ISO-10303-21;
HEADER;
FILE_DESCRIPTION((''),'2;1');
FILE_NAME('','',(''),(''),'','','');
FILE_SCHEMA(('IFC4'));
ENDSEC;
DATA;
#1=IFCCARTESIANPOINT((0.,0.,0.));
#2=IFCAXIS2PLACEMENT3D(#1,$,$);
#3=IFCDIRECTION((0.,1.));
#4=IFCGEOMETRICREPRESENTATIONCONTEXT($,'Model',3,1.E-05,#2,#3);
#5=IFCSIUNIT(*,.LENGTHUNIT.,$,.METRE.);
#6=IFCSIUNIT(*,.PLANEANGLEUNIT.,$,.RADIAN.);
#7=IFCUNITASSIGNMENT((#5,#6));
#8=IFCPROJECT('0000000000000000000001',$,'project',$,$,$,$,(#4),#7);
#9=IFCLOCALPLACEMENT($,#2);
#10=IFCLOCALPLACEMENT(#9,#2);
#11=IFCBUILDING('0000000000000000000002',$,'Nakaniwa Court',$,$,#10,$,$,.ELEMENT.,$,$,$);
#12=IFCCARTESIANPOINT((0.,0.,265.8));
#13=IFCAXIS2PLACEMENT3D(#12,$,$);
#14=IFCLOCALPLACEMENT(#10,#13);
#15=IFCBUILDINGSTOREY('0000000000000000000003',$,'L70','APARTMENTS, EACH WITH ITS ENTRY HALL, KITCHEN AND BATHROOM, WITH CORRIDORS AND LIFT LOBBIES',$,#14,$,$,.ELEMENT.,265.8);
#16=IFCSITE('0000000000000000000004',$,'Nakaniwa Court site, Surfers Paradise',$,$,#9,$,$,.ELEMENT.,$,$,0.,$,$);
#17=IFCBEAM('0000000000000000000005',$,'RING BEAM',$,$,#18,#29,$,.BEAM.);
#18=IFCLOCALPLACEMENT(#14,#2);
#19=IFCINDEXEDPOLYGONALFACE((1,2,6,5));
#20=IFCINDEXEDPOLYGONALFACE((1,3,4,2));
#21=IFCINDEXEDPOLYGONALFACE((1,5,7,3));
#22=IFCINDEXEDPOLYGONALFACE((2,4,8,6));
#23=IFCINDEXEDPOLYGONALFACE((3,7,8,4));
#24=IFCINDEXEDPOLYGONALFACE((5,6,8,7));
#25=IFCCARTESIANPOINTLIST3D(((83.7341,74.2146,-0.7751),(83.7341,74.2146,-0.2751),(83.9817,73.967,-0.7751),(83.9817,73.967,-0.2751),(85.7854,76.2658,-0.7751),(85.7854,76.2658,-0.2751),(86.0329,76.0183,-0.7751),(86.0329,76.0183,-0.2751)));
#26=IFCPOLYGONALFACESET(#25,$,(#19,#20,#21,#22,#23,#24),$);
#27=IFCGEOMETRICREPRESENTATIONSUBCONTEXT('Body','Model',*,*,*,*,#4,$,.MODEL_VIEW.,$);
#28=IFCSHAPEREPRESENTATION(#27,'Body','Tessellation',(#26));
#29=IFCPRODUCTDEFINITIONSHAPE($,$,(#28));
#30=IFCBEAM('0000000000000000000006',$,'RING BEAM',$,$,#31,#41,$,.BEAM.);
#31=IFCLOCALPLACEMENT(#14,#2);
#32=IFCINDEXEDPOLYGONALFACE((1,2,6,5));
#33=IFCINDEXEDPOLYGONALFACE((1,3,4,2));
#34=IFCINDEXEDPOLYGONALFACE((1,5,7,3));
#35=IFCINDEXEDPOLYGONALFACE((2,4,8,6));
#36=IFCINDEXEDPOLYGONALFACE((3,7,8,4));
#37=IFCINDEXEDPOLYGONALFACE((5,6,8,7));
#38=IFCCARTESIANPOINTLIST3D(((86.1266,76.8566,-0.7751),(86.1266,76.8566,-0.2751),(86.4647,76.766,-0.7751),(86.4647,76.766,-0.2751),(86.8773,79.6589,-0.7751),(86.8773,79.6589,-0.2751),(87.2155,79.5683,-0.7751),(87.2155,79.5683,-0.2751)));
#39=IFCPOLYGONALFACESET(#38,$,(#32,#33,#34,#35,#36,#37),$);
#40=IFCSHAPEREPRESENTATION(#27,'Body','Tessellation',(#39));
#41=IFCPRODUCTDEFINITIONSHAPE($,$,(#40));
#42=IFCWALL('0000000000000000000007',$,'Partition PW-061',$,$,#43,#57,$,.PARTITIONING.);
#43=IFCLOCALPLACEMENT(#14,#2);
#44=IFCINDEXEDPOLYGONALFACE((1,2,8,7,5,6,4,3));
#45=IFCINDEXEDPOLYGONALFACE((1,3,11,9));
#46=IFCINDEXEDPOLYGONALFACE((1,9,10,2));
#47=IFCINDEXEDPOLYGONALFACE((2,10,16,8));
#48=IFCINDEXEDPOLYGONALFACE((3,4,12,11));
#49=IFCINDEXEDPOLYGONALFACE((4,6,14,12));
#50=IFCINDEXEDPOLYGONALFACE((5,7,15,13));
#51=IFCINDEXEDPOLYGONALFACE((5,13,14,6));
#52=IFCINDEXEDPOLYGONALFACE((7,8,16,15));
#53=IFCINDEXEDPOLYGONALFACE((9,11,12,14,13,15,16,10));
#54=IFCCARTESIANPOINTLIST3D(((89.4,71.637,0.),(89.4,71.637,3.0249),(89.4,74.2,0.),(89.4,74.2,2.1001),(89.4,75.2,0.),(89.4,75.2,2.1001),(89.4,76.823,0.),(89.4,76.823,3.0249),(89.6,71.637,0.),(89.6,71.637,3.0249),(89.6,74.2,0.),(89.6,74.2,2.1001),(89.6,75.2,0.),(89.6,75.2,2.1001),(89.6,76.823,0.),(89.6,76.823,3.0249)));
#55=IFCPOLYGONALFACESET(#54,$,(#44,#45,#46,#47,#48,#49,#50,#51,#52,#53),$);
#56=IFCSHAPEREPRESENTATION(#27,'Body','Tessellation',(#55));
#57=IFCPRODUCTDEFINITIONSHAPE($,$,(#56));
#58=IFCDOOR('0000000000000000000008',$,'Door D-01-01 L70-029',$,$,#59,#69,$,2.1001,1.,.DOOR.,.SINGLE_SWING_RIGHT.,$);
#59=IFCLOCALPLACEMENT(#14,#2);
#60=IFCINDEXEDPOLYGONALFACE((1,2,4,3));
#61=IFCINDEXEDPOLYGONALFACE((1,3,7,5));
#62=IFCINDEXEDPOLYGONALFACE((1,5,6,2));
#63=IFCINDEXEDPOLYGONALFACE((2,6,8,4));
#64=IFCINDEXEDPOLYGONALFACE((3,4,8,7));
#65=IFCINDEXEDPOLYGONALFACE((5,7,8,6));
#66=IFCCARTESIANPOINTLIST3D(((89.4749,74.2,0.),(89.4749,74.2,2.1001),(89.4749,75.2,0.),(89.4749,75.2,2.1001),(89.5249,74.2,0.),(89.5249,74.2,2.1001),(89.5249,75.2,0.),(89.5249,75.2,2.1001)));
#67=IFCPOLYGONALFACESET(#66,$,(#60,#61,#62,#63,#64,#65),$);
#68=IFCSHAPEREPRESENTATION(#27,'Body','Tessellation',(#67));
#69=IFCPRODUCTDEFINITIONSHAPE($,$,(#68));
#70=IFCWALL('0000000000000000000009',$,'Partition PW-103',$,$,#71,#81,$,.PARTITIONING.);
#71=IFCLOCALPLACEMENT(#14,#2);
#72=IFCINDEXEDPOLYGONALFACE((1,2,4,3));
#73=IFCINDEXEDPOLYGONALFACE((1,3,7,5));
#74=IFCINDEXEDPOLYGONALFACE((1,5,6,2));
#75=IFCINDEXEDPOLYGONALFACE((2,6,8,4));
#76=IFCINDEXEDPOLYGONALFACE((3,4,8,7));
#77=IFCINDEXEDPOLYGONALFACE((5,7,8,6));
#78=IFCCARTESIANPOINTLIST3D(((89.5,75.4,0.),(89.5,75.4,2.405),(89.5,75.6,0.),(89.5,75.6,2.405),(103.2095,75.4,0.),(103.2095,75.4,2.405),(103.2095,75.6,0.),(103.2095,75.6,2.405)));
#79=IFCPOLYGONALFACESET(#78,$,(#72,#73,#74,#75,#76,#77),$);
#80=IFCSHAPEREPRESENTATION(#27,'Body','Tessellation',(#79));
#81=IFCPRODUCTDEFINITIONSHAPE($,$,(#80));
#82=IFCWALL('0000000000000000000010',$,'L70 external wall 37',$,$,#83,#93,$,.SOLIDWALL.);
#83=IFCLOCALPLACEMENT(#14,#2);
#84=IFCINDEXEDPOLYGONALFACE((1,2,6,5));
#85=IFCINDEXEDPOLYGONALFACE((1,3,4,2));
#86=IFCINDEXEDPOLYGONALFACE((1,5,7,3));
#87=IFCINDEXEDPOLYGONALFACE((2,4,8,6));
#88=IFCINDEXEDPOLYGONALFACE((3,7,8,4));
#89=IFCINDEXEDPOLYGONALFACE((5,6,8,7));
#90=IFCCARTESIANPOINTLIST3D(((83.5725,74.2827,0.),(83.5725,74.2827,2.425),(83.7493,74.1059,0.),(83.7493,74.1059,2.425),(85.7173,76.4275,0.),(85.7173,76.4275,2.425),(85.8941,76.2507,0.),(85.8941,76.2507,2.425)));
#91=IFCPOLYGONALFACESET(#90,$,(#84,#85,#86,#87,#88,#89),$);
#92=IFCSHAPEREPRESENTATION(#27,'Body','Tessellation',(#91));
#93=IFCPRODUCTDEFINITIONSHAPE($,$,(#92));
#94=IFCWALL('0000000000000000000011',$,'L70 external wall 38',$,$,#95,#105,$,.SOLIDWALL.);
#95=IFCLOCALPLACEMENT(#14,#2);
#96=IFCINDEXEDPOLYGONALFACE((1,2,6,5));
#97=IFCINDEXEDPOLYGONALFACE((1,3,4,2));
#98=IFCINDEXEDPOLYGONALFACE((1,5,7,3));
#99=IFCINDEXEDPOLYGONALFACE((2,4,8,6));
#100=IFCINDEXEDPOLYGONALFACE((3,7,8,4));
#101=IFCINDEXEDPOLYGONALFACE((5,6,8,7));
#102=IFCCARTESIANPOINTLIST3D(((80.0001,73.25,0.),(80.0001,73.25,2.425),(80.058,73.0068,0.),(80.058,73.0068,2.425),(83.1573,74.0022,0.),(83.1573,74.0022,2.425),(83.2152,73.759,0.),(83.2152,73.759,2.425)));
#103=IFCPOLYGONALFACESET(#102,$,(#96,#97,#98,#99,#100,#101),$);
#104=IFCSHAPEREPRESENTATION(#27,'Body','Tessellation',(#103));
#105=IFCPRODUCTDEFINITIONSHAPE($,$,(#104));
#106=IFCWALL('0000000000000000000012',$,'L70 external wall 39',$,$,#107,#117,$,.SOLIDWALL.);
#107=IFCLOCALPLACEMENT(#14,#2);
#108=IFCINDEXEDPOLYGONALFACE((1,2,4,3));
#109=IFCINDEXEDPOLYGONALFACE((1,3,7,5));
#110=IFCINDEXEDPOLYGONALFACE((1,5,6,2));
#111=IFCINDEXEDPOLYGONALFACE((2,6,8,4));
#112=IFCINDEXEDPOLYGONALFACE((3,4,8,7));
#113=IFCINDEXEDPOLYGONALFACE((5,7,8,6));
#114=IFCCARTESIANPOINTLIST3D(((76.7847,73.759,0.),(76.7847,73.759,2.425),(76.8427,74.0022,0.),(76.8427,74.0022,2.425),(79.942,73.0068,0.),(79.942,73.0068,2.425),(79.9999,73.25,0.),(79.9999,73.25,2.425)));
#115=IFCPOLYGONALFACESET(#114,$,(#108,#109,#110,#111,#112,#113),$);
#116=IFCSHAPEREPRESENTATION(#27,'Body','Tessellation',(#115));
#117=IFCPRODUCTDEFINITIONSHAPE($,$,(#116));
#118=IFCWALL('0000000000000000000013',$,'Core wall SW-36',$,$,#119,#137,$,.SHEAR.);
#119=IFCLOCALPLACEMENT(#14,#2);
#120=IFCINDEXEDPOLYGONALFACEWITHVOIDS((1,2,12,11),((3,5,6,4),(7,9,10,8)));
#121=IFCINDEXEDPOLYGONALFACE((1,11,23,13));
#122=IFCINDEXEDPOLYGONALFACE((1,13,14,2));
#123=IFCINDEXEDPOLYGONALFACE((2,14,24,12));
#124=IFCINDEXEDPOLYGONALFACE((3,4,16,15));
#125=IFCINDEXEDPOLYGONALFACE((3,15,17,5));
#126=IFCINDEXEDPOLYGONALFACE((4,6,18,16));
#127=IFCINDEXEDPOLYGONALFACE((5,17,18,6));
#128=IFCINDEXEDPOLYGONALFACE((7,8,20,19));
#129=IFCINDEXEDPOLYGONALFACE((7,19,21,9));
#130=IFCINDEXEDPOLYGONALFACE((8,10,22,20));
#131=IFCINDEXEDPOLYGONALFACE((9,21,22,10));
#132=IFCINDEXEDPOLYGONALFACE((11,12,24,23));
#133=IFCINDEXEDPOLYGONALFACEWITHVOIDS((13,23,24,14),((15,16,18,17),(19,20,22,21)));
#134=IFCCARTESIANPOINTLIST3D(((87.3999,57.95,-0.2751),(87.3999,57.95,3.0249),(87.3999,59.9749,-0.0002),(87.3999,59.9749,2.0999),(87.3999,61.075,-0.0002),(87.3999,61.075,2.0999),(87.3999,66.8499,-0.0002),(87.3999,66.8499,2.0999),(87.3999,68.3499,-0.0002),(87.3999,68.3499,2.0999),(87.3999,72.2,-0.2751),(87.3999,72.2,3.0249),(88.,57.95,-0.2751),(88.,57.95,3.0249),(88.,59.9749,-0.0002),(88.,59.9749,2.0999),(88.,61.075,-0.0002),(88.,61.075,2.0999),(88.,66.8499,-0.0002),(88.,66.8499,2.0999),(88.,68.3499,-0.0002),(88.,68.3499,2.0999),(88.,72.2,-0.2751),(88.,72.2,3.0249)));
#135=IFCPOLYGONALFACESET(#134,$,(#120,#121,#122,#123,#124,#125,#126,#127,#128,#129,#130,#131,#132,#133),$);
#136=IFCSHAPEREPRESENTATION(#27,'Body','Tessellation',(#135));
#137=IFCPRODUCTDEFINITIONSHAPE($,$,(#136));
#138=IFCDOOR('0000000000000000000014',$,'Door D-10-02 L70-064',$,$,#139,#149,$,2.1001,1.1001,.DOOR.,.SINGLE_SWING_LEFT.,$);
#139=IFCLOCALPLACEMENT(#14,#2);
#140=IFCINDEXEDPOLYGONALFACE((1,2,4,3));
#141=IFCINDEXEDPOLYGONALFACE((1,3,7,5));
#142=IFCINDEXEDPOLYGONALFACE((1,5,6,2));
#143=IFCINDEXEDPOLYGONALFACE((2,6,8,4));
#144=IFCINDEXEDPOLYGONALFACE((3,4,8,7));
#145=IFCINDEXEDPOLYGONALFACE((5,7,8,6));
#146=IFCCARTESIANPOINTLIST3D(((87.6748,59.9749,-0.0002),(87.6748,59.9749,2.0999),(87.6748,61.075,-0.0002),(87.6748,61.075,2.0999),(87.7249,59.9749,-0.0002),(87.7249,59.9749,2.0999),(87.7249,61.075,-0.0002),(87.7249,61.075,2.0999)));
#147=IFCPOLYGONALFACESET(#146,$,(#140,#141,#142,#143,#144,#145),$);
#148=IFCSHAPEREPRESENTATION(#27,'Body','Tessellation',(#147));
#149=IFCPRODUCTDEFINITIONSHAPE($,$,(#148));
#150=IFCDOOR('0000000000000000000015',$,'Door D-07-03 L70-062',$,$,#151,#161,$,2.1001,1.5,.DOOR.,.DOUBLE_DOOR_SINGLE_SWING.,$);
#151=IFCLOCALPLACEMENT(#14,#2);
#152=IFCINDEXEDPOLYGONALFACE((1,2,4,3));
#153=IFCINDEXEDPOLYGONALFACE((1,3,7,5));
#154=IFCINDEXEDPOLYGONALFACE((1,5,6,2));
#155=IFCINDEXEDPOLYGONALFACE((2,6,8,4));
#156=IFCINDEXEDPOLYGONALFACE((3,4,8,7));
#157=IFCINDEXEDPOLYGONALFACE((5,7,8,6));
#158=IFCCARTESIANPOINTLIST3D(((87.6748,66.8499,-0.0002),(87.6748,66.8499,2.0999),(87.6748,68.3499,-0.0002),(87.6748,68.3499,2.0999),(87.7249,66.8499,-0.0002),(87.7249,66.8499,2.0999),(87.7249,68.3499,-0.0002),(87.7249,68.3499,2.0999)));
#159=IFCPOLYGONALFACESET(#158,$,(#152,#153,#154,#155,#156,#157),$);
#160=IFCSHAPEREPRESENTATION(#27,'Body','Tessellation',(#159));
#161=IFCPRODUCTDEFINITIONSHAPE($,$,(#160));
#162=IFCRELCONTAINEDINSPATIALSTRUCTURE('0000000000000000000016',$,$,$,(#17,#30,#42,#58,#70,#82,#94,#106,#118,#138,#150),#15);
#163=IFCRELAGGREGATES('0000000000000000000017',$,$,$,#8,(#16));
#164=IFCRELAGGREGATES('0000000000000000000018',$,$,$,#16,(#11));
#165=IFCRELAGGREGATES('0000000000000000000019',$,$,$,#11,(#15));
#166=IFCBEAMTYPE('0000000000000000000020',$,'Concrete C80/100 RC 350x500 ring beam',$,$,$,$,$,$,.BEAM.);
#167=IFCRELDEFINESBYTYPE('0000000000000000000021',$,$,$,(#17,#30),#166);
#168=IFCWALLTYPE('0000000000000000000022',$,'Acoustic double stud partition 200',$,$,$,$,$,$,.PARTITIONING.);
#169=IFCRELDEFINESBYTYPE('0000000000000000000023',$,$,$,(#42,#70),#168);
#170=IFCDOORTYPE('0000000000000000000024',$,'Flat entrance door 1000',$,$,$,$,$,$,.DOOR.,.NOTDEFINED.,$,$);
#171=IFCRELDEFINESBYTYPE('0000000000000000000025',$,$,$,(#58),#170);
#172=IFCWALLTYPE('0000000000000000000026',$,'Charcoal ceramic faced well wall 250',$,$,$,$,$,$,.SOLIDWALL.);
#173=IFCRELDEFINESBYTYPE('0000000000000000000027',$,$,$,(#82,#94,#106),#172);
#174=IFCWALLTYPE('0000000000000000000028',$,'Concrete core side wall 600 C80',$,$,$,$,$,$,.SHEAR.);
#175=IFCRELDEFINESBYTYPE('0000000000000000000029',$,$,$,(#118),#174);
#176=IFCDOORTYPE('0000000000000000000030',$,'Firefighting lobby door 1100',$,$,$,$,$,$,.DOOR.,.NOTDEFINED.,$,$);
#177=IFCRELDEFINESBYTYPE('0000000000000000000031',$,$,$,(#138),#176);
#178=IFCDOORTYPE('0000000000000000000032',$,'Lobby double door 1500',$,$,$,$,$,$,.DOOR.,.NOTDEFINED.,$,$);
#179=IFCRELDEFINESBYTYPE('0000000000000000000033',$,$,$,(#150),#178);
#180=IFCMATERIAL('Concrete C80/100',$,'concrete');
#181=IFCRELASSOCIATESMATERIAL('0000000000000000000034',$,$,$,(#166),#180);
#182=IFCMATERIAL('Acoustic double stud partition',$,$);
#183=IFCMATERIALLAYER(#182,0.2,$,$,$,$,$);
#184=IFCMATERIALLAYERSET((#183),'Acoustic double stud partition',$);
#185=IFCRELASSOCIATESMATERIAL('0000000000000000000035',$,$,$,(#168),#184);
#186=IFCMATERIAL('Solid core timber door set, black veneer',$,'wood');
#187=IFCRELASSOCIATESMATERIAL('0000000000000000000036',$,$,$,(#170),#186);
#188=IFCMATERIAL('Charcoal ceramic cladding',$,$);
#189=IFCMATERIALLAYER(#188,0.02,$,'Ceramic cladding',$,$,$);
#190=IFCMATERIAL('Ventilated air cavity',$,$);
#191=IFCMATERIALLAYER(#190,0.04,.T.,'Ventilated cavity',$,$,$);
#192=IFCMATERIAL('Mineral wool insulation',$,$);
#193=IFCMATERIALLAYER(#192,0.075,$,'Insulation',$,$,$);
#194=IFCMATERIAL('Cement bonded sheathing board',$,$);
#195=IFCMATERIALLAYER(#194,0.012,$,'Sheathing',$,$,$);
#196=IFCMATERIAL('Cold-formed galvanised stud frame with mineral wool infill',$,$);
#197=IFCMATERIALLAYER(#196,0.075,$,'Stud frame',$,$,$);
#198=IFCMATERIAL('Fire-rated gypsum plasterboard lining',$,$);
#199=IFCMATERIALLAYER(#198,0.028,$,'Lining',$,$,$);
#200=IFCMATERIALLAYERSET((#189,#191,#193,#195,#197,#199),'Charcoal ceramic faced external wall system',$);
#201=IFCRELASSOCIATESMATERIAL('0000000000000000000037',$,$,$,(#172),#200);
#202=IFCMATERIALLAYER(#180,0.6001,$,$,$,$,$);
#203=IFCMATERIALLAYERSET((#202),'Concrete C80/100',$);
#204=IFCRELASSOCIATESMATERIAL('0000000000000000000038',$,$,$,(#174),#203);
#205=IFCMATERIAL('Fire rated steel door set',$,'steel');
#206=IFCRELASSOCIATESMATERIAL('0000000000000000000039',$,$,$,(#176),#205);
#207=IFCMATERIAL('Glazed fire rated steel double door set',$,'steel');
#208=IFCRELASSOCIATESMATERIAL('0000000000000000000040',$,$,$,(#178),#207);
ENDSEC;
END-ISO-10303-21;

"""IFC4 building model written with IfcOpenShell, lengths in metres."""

from ifc_helpers import new_model, si_unit, direction, frame, frame_2d, origin, origin_2d, place, context, subcontext, project, spatial, rectangle, extrude, material, layer, layer_set, material_profile, profile_set, type_object, element, fill, save


model = new_model("IFC4")

# Units and contexts
model_context = context("Model", 3, precision=1e-05, world=origin(), true_north=direction((0.0, 1.0)))
body_context = subcontext(model_context, "Body", "Model", "MODEL_VIEW")
ifc_project = project(units=[si_unit("LENGTHUNIT", "METRE"), si_unit("PLANEANGLEUNIT", "RADIAN")], contexts=[model_context])

# Site, building, storey
site_placement = place(None, origin())
site = spatial("IfcSite", under=ifc_project, at=site_placement, Name="Nakaniwa Court site, Surfers Paradise", CompositionType="ELEMENT", RefElevation=0.0)
building_placement = place(site_placement, origin())
building = spatial("IfcBuilding", under=site, at=building_placement, Name="Nakaniwa Court", CompositionType="ELEMENT")
storey_placement = place(building_placement, frame((0.0, 0.0, 265.8)))
storey = spatial("IfcBuildingStorey", under=building, at=storey_placement, Name="L70", Description="APARTMENTS, EACH WITH ITS ENTRY HALL, KITCHEN AND BATHROOM, WITH CORRIDORS AND LIFT LOBBIES", CompositionType="ELEMENT", Elevation=265.8)

# Shared definitions
ifc_material_1 = material(Name="Concrete C80/100", Category="concrete")

# Beams
ifc_material_profile_1 = material_profile(ifc_material_1, rectangle(XDim=0.3501, YDim=0.5, at=origin_2d()), Name="Concrete C80/100 RC 350x500 ring beam")
ifc_profile_set_1 = profile_set([ifc_material_profile_1], Name="Concrete C80/100")
beam_type = type_object("IfcBeamType", Name="Concrete C80/100 RC 350x500 ring beam", PredefinedType="BEAM", material=ifc_profile_set_1)
beam_1_placement = place(storey_placement, frame((83.8579, 74.0908, -0.5251), z_axis=(0.707107, 0.707107, 0.0), x_axis=(-0.707107, 0.707107, 0.0)))
element("IfcBeam", 1, at=beam_1_placement, inside=storey, type_object=beam_type, Name="RING BEAM", PredefinedType="BEAM", context=body_context, shape_type="SweptSolid", body=[
    extrude(rectangle(XDim=0.3501, YDim=0.5, at=origin_2d()), origin(), (0.0, 0.0, 1.0), 2.9009),
])
beam_2_placement = place(storey_placement, frame((86.2957, 76.8113, -0.5251), z_axis=(0.258778, 0.965937, 0.0), x_axis=(-0.965937, 0.258778, 0.0)))
element("IfcBeam", 2, at=beam_2_placement, inside=storey, type_object=beam_type, Name="RING BEAM", PredefinedType="BEAM", context=body_context, shape_type="SweptSolid", body=[
    extrude(rectangle(XDim=0.3501, YDim=0.5, at=origin_2d()), origin(), (0.0, 0.0, 1.0), 2.9011),
])

# Wall, opening, door
ifc_material_2 = material(Name="Acoustic double stud partition")
ifc_layer_1 = layer(ifc_material_2, 0.2)
ifc_layer_set_1 = layer_set([ifc_layer_1], Name="Acoustic double stud partition")
wall_type_1 = type_object("IfcWallType", Name="Acoustic double stud partition 200", PredefinedType="PARTITIONING", material=ifc_layer_set_1)
wall_1_placement = place(storey_placement, frame((89.5, 76.823, 0.0), z_axis=(0.0, 0.0, 1.0), x_axis=(0.0, -1.0, 0.0)))
wall_1 = element("IfcWall", 3, at=wall_1_placement, inside=storey, type_object=wall_type_1, Name="Partition PW-061", PredefinedType="PARTITIONING", context=body_context, shape_type="SweptSolid", body=[
    extrude(rectangle(XDim=5.186, YDim=0.2, at=frame_2d((2.593, 0.0))), origin(), (0.0, 0.0, 1.0), 3.0249),
])
opening_1_placement = place(wall_1_placement, frame((1.623, 0.0, 0.0)))
opening_1 = element("IfcOpeningElement", 4, at=opening_1_placement, cuts=wall_1, PredefinedType="OPENING", context=body_context, shape_type="SweptSolid", body=[
    extrude(rectangle(XDim=1.0, YDim=2.1001, at=frame_2d((0.5, 1.05))), frame((0.0, 0.1099, 0.0), z_axis=(0.0, -1.0, 0.0), x_axis=(1.0, 0.0, 0.0)), (0.0, 0.0, 1.0), 0.22),
])
ifc_material_3 = material(Name="Solid core timber door set, black veneer", Category="wood")
door_type_1 = type_object("IfcDoorType", Name="Flat entrance door 1000", OperationType="NOTDEFINED", PredefinedType="DOOR", material=ifc_material_3)
door_1_placement = place(opening_1_placement, origin())
door_1 = element("IfcDoor", 5, at=door_1_placement, inside=storey, type_object=door_type_1, Name="Door D-01-01 L70-029", OperationType="SINGLE_SWING_RIGHT", OverallHeight=2.1001, OverallWidth=1.0, PredefinedType="DOOR", context=body_context, shape_type="SweptSolid", body=[
    extrude(rectangle(XDim=1.0, YDim=2.1001, at=frame_2d((0.5, 1.05))), frame((0.0, 0.0249, 0.0), z_axis=(0.0, -1.0, 0.0), x_axis=(1.0, 0.0, 0.0)), (0.0, 0.0, 1.0), 0.05),
])
fill(opening_1, door_1)

# Walls
wall_2_placement = place(storey_placement, frame((89.5, 75.5, 0.0), z_axis=(0.0, 0.0, 1.0), x_axis=(1.0, 0.0, 0.0)))
element("IfcWall", 6, at=wall_2_placement, inside=storey, type_object=wall_type_1, Name="Partition PW-103", PredefinedType="PARTITIONING", context=body_context, shape_type="SweptSolid", body=[
    extrude(rectangle(XDim=13.7095, YDim=0.2, at=frame_2d((6.8547, 0.0))), origin(), (0.0, 0.0, 1.0), 2.405),
])
ifc_material_4 = material(Name="Charcoal ceramic cladding")
ifc_layer_2 = layer(ifc_material_4, 0.02, Name="Ceramic cladding")
ifc_material_5 = material(Name="Ventilated air cavity")
ifc_layer_3 = layer(ifc_material_5, 0.04, ventilated=True, Name="Ventilated cavity")
ifc_material_6 = material(Name="Mineral wool insulation")
ifc_layer_4 = layer(ifc_material_6, 0.075, Name="Insulation")
ifc_material_7 = material(Name="Cement bonded sheathing board")
ifc_layer_5 = layer(ifc_material_7, 0.012, Name="Sheathing")
ifc_material_8 = material(Name="Cold-formed galvanised stud frame with mineral wool infill")
ifc_layer_6 = layer(ifc_material_8, 0.075, Name="Stud frame")
ifc_material_9 = material(Name="Fire-rated gypsum plasterboard lining")
ifc_layer_7 = layer(ifc_material_9, 0.028, Name="Lining")
ifc_layer_set_2 = layer_set([ifc_layer_2, ifc_layer_3, ifc_layer_4, ifc_layer_5, ifc_layer_6, ifc_layer_7], Name="Charcoal ceramic faced external wall system")
wall_type_2 = type_object("IfcWallType", Name="Charcoal ceramic faced well wall 250", PredefinedType="SOLIDWALL", material=ifc_layer_set_2)
wall_3_placement = place(storey_placement, frame((85.8057, 76.3391, 0.0), z_axis=(0.0, 0.0, 1.0), x_axis=(-0.707107, -0.707107, 0.0)))
element("IfcWall", 7, at=wall_3_placement, inside=storey, type_object=wall_type_2, Name="L70 external wall 37", PredefinedType="SOLIDWALL", context=body_context, shape_type="SweptSolid", body=[
    extrude(rectangle(XDim=3.0332, YDim=0.25, at=frame_2d((1.5166, 0.0))), origin(), (0.0, 0.0, 1.0), 2.425),
])
for number, where, z_axis, x_axis, name in (
    (8, (83.1863, 73.8806, 0.0), (0.0, 0.0, 1.0), (-0.972773, -0.23176, 0.0), "L70 external wall 38"),
    (9, (79.9709, 73.1284, 0.0), (0.0, 0.0, 1.0), (-0.972773, 0.23176, 0.0), "L70 external wall 39"),
):
    element("IfcWall", number, at=place(storey_placement, frame(where, z_axis=z_axis, x_axis=x_axis)), inside=storey, type_object=wall_type_2, Name=name, PredefinedType="SOLIDWALL", context=body_context, shape_type="SweptSolid", body=[
        extrude(rectangle(XDim=3.2456, YDim=0.25, at=frame_2d((1.6228, 0.0))), origin(), (0.0, 0.0, 1.0), 2.425),
    ])

# Wall, openings, doors
ifc_layer_8 = layer(ifc_material_1, 0.6001)
ifc_layer_set_3 = layer_set([ifc_layer_8], Name="Concrete C80/100")
wall_type_3 = type_object("IfcWallType", Name="Concrete core side wall 600 C80", PredefinedType="SHEAR", material=ifc_layer_set_3)
wall_4_placement = place(storey_placement, frame((87.7, 72.2, -0.2751), z_axis=(0.0, 0.0, 1.0), x_axis=(0.0, -1.0, 0.0)))
wall_4 = element("IfcWall", 10, at=wall_4_placement, inside=storey, type_object=wall_type_3, Name="Core wall SW-36", PredefinedType="SHEAR", context=body_context, shape_type="SweptSolid", body=[
    extrude(rectangle(XDim=14.25, YDim=0.6001, at=frame_2d((7.125, 0.0))), origin(), (0.0, 0.0, 1.0), 3.3),
])
opening_2_placement = place(wall_4_placement, frame((3.8501, 0.0, 0.2749)))
opening_2 = element("IfcOpeningElement", 11, at=opening_2_placement, cuts=wall_4, PredefinedType="OPENING", context=body_context, shape_type="SweptSolid", body=[
    extrude(rectangle(XDim=1.5, YDim=2.1001, at=frame_2d((0.75, 1.05))), frame((0.0, 0.3101, 0.0), z_axis=(0.0, -1.0, 0.0), x_axis=(1.0, 0.0, 0.0)), (0.0, 0.0, 1.0), 0.6201),
])
opening_3_placement = place(wall_4_placement, frame((11.125, 0.0, 0.2749)))
opening_3 = element("IfcOpeningElement", 12, at=opening_3_placement, cuts=wall_4, PredefinedType="OPENING", context=body_context, shape_type="SweptSolid", body=[
    extrude(rectangle(XDim=1.1001, YDim=2.1001, at=frame_2d((0.55, 1.05))), frame((0.0, 0.3101, 0.0), z_axis=(0.0, -1.0, 0.0), x_axis=(1.0, 0.0, 0.0)), (0.0, 0.0, 1.0), 0.6201),
])
ifc_material_10 = material(Name="Fire rated steel door set", Category="steel")
door_type_2 = type_object("IfcDoorType", Name="Firefighting lobby door 1100", OperationType="NOTDEFINED", PredefinedType="DOOR", material=ifc_material_10)
door_2_placement = place(opening_3_placement, origin())
door_2 = element("IfcDoor", 13, at=door_2_placement, inside=storey, type_object=door_type_2, Name="Door D-10-02 L70-064", OperationType="SINGLE_SWING_LEFT", OverallHeight=2.1001, OverallWidth=1.1001, PredefinedType="DOOR", context=body_context, shape_type="SweptSolid", body=[
    extrude(rectangle(XDim=1.1001, YDim=2.1001, at=frame_2d((0.55, 1.05))), frame((0.0, 0.0249, 0.0), z_axis=(0.0, -1.0, 0.0), x_axis=(1.0, 0.0, 0.0)), (0.0, 0.0, 1.0), 0.05),
])
fill(opening_3, door_2)
ifc_material_11 = material(Name="Glazed fire rated steel double door set", Category="steel")
door_type_3 = type_object("IfcDoorType", Name="Lobby double door 1500", OperationType="NOTDEFINED", PredefinedType="DOOR", material=ifc_material_11)
door_3_placement = place(opening_2_placement, origin())
door_3 = element("IfcDoor", 14, at=door_3_placement, inside=storey, type_object=door_type_3, Name="Door D-07-03 L70-062", OperationType="DOUBLE_DOOR_SINGLE_SWING", OverallHeight=2.1001, OverallWidth=1.5, PredefinedType="DOOR", context=body_context, shape_type="SweptSolid", body=[
    extrude(rectangle(XDim=1.5, YDim=2.1001, at=frame_2d((0.75, 1.05))), frame((0.0, 0.0249, 0.0), z_axis=(0.0, -1.0, 0.0), x_axis=(1.0, 0.0, 0.0)), (0.0, 0.0, 1.0), 0.05),
])
fill(opening_2, door_3)

save(model, "model.ifc")
